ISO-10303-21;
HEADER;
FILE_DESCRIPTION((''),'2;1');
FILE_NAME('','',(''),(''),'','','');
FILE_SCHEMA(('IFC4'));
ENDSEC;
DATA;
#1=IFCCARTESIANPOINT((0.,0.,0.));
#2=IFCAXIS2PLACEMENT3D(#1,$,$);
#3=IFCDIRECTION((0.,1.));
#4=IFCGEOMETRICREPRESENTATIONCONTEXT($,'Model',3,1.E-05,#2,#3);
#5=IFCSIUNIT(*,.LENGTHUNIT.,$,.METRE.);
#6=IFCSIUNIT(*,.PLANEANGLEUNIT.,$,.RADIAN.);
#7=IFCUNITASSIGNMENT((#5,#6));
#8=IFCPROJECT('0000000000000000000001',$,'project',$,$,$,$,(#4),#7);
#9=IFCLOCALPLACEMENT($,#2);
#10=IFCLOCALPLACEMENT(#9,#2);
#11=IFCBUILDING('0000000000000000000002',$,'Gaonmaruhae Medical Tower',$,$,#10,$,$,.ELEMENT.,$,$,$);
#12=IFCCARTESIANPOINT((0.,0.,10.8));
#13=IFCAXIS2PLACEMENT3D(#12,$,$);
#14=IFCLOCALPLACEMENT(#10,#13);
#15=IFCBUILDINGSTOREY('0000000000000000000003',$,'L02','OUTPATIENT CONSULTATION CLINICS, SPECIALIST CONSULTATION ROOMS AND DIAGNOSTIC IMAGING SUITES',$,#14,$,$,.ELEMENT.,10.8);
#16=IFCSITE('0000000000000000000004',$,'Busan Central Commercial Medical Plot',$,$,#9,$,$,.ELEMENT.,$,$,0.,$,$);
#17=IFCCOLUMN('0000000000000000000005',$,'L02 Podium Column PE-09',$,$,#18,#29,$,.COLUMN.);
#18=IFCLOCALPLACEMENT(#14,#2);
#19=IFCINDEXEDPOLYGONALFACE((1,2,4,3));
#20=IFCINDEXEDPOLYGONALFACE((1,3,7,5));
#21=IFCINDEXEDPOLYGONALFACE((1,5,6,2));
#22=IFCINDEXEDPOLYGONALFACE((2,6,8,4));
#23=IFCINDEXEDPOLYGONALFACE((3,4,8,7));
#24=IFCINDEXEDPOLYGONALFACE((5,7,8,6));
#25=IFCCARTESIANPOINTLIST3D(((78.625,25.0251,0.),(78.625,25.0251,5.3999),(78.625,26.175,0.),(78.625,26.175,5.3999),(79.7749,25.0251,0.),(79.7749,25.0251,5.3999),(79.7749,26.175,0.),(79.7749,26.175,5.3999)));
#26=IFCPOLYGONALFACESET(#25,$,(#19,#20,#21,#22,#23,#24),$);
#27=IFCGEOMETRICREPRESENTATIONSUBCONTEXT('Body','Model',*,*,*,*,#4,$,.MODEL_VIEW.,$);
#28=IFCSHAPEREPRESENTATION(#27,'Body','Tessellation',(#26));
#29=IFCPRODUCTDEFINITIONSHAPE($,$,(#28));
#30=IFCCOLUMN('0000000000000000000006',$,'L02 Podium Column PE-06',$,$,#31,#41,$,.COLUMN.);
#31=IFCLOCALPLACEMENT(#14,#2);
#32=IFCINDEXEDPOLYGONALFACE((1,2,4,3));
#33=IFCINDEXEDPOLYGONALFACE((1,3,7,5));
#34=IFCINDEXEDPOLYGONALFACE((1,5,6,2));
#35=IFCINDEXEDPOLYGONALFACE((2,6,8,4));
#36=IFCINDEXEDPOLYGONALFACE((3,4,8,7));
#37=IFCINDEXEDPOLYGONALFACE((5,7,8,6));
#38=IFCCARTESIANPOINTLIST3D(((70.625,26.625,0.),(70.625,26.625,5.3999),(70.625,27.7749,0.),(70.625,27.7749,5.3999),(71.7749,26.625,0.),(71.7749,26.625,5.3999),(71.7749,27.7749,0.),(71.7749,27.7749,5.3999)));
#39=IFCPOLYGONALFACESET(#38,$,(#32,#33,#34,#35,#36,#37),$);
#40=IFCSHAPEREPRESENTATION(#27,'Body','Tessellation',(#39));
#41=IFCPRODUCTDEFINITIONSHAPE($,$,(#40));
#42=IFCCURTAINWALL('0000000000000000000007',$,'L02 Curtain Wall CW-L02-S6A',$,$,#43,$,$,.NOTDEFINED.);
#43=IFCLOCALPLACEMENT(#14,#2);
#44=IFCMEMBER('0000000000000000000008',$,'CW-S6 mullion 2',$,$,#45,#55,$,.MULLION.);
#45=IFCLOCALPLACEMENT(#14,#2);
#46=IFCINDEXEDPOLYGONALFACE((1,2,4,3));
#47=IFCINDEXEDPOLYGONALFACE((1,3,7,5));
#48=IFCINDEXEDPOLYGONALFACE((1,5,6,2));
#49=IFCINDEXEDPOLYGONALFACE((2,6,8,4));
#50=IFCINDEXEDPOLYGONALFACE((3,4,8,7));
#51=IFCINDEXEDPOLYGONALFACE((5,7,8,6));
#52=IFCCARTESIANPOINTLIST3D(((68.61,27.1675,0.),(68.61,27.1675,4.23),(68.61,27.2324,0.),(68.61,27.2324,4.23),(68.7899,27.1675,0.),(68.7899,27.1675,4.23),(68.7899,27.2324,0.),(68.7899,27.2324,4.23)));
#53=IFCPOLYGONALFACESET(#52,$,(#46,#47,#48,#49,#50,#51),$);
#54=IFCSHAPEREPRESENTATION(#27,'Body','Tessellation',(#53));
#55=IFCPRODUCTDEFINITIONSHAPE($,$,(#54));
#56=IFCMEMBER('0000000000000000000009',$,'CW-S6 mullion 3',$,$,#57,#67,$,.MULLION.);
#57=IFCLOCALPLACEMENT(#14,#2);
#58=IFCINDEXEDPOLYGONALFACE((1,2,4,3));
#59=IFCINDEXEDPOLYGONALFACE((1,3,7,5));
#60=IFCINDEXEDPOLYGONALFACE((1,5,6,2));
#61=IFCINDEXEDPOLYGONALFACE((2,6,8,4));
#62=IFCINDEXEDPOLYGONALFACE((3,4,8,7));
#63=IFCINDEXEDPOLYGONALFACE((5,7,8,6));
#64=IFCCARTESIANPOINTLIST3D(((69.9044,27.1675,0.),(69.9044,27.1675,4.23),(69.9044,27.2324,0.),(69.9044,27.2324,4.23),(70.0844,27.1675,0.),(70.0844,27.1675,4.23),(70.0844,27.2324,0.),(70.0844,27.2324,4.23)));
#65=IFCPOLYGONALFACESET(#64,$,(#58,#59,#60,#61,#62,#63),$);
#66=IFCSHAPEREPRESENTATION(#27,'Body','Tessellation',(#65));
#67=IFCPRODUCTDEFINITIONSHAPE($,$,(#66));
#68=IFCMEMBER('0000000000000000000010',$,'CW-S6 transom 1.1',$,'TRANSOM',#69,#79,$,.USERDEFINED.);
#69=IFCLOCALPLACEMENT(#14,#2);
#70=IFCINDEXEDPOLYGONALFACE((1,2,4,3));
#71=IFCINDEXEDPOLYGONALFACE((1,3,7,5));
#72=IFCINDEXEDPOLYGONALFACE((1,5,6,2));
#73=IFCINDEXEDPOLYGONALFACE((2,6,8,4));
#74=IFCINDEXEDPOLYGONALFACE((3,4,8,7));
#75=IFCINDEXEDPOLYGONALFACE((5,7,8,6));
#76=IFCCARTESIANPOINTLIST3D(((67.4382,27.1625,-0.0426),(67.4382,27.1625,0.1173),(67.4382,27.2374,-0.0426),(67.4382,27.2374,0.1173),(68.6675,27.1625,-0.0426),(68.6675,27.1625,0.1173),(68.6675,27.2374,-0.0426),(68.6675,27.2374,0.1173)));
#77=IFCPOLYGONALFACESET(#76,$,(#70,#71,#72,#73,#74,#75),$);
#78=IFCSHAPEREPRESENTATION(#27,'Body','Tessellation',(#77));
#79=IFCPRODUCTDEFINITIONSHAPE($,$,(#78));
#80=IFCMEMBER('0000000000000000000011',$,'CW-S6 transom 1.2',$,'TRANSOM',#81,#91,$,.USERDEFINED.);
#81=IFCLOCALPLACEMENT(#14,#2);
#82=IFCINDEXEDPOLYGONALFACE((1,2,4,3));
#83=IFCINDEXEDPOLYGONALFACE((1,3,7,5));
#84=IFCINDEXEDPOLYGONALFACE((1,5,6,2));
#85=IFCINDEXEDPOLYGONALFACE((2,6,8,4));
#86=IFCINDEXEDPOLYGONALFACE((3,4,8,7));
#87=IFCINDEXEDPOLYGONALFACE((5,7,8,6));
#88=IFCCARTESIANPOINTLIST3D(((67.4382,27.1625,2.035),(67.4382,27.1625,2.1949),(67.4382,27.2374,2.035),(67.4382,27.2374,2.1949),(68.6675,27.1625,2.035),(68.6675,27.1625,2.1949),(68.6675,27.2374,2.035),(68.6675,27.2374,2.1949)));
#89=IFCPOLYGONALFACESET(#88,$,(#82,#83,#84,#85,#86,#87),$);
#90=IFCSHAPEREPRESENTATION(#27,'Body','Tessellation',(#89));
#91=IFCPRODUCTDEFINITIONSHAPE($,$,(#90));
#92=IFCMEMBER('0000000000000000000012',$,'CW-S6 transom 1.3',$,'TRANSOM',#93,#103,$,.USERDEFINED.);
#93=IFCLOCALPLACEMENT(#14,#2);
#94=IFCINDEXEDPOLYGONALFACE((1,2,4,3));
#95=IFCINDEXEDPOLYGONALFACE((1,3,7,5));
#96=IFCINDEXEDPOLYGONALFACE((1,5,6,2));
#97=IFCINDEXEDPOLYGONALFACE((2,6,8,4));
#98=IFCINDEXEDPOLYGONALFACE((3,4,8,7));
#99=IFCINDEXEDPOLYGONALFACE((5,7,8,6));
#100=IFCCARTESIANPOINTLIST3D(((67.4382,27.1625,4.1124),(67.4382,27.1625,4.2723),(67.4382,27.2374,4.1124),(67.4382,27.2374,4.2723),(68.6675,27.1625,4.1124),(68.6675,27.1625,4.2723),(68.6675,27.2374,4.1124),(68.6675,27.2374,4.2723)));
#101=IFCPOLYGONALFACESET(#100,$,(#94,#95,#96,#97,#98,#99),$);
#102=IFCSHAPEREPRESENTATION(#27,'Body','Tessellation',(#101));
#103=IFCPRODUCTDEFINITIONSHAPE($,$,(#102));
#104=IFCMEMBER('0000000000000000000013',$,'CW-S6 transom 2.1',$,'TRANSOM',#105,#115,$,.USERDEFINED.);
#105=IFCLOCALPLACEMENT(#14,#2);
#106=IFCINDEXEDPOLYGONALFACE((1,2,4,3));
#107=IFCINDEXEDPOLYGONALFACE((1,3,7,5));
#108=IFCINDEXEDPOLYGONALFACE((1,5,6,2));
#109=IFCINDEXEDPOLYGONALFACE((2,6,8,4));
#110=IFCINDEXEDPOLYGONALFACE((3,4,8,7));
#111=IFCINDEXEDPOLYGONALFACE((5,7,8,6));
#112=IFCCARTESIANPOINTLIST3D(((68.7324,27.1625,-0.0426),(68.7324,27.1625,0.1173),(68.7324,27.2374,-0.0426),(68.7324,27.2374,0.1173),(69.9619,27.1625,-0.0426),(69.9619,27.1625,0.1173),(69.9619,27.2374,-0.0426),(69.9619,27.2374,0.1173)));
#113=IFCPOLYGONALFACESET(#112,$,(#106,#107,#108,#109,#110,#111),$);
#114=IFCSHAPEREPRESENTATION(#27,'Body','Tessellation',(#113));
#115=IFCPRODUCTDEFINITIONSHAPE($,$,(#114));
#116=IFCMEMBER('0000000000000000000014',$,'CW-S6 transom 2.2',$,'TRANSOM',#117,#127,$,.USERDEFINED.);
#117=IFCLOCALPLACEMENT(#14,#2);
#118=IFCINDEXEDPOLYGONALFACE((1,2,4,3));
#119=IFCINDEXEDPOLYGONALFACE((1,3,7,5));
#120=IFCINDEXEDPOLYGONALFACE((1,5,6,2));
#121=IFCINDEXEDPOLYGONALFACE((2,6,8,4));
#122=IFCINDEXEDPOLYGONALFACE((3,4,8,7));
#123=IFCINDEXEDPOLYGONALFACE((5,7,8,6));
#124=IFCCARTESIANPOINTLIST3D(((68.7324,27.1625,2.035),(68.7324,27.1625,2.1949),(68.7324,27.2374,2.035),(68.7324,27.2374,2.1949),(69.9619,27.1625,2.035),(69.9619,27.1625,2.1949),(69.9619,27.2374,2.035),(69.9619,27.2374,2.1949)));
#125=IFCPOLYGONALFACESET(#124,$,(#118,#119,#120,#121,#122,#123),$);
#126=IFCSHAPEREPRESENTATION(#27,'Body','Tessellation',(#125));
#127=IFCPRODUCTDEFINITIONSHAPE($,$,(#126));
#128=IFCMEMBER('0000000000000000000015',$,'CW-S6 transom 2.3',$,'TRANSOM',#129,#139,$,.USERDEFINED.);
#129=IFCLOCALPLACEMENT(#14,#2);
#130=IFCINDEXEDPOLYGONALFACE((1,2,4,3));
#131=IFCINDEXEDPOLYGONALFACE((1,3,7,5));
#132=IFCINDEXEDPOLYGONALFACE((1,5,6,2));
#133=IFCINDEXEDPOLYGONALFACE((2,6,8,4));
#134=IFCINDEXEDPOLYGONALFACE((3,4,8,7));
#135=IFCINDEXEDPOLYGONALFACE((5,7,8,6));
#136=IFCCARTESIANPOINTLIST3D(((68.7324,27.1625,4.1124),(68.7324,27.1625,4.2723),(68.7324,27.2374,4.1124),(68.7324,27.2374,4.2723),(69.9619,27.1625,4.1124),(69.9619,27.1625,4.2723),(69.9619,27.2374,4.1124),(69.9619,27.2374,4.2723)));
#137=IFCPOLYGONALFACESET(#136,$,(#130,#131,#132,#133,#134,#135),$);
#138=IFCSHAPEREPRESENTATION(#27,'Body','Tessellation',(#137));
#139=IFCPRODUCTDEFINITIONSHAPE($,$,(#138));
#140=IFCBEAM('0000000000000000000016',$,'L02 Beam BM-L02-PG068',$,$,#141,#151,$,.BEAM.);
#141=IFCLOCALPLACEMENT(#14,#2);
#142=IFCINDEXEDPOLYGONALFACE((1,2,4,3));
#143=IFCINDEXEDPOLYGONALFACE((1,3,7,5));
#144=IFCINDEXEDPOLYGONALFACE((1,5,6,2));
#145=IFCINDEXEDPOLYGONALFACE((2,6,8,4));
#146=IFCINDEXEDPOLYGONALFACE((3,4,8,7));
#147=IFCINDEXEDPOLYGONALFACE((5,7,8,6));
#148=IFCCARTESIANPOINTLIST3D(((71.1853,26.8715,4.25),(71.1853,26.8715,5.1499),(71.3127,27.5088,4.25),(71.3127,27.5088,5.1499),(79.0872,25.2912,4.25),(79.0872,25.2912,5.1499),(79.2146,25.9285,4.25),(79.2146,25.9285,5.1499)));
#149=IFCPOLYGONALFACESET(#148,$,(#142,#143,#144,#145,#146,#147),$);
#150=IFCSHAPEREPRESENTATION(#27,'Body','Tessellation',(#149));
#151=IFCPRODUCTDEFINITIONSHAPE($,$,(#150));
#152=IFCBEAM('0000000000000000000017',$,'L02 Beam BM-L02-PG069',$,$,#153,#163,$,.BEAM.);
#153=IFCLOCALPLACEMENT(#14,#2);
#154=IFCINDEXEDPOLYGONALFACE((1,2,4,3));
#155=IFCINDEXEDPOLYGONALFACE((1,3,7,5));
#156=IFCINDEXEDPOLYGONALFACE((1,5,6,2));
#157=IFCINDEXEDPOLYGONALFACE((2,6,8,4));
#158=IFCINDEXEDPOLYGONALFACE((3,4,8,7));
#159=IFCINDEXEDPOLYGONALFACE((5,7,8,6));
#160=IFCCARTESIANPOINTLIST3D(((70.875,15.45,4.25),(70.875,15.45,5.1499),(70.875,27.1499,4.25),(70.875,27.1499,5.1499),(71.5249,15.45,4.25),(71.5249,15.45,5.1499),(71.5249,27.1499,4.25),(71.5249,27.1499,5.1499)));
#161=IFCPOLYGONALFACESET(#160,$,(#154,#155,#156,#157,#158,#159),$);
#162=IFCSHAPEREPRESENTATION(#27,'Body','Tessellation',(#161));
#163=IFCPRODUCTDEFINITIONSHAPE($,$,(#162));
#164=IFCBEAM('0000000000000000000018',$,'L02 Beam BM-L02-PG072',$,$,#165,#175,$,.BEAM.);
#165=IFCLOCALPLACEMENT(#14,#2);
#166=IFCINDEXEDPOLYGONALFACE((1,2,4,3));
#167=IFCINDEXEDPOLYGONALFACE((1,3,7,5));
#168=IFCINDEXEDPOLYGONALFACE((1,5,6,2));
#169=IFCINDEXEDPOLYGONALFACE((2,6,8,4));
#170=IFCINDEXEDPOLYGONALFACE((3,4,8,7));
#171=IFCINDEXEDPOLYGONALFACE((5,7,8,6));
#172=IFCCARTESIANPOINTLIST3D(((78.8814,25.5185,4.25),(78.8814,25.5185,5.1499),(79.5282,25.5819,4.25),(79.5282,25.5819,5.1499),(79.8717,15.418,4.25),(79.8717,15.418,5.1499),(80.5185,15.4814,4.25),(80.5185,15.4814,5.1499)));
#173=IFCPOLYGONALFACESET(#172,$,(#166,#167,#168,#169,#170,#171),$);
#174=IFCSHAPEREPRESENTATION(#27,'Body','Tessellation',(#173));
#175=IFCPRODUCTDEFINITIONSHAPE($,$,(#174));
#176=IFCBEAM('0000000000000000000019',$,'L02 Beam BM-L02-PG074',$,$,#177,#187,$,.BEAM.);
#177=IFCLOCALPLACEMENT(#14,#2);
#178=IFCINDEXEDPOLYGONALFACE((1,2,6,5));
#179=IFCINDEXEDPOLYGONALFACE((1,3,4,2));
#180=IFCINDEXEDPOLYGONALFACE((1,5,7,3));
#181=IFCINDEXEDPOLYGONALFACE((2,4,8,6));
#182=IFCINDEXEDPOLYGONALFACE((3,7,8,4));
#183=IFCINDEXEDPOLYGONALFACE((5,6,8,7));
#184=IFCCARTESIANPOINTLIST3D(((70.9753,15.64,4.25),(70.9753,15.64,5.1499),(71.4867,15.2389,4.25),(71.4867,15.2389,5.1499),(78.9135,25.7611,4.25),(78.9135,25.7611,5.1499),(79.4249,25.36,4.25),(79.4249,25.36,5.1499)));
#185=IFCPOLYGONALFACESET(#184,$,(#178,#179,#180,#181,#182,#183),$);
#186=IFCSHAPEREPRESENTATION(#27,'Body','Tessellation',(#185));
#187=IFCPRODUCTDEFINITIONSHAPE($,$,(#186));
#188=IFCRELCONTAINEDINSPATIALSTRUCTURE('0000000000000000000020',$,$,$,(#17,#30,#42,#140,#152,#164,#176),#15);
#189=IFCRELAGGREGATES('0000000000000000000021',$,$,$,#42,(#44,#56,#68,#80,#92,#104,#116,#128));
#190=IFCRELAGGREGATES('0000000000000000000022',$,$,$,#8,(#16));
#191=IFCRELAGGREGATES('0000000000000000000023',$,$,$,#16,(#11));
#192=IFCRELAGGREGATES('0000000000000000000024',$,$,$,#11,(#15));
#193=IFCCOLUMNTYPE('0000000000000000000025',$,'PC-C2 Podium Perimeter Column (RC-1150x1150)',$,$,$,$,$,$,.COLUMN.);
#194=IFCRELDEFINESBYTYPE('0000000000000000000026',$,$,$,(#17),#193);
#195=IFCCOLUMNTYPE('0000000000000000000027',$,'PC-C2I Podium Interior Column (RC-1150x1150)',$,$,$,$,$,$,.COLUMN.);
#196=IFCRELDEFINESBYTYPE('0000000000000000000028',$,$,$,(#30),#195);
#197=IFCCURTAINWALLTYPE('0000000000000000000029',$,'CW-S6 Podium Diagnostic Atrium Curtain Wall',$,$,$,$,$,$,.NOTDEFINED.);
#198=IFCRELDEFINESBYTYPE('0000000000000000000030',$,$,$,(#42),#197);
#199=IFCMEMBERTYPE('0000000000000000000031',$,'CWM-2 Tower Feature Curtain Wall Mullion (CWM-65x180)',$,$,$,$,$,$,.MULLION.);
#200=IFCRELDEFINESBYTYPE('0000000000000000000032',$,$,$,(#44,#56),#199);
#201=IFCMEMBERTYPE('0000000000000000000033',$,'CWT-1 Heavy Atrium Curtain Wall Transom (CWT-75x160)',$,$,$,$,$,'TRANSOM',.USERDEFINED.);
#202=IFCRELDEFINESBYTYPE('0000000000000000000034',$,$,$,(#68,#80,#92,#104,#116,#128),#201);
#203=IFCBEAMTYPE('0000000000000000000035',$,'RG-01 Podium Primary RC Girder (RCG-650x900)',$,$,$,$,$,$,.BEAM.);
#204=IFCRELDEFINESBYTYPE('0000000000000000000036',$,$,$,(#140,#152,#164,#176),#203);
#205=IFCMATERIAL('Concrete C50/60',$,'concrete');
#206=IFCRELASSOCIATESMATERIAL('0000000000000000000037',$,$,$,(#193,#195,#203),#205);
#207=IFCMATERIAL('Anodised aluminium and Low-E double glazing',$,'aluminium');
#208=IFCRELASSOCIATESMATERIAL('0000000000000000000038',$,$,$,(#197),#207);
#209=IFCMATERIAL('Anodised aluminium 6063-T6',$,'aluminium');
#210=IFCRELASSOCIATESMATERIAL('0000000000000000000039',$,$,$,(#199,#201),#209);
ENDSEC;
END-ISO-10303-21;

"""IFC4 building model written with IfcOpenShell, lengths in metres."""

from ifc_helpers import new_model, si_unit, direction, frame, origin, origin_2d, place, context, subcontext, project, spatial, rectangle, extrude, material, material_profile, profile_set, type_object, element, aggregate, save


model = new_model("IFC4")

# Units and contexts
model_context = context("Model", 3, precision=1e-05, world=origin(), true_north=direction((0.0, 1.0)))
body_context = subcontext(model_context, "Body", "Model", "MODEL_VIEW")
ifc_project = project(units=[si_unit("LENGTHUNIT", "METRE"), si_unit("PLANEANGLEUNIT", "RADIAN")], contexts=[model_context])

# Site, building, storey
site_placement = place(None, origin())
site = spatial("IfcSite", under=ifc_project, at=site_placement, Name="Busan Central Commercial Medical Plot", CompositionType="ELEMENT", RefElevation=0.0)
building_placement = place(site_placement, origin())
building = spatial("IfcBuilding", under=site, at=building_placement, Name="Gaonmaruhae Medical Tower", CompositionType="ELEMENT")
storey_placement = place(building_placement, frame((0.0, 0.0, 10.8)))
storey = spatial("IfcBuildingStorey", under=building, at=storey_placement, Name="L02", Description="OUTPATIENT CONSULTATION CLINICS, SPECIALIST CONSULTATION ROOMS AND DIAGNOSTIC IMAGING SUITES", CompositionType="ELEMENT", Elevation=10.8)

# Columns
ifc_material_1 = material(Name="Concrete C50/60", Category="concrete")
ifc_material_profile_1 = material_profile(ifc_material_1, rectangle(XDim=1.1499, YDim=1.1499, at=origin_2d()), Name="RC-1150x1150")
ifc_profile_set_1 = profile_set([ifc_material_profile_1], Name="Concrete C50/60")
column_type_1 = type_object("IfcColumnType", Name="PC-C2 Podium Perimeter Column (RC-1150x1150)", PredefinedType="COLUMN", material=ifc_profile_set_1)
column_1_placement = place(storey_placement, frame((79.2, 25.6001, 0.0), z_axis=(0.0, 0.0, 1.0), x_axis=(1.0, 0.0, 0.0)))
element("IfcColumn", 1, at=column_1_placement, inside=storey, type_object=column_type_1, Name="L02 Podium Column PE-09", PredefinedType="COLUMN", context=body_context, shape_type="SweptSolid", body=[
    extrude(rectangle(XDim=1.1499, YDim=1.1499, at=origin_2d()), origin(), (0.0, 0.0, 1.0), 5.3999),
])
ifc_material_profile_2 = material_profile(ifc_material_1, rectangle(XDim=1.1499, YDim=1.1499, at=origin_2d()), Name="RC-1150x1150")
ifc_profile_set_2 = profile_set([ifc_material_profile_2], Name="Concrete C50/60")
column_type_2 = type_object("IfcColumnType", Name="PC-C2I Podium Interior Column (RC-1150x1150)", PredefinedType="COLUMN", material=ifc_profile_set_2)
column_2_placement = place(storey_placement, frame((71.2, 27.2, 0.0), z_axis=(0.0, 0.0, 1.0), x_axis=(1.0, 0.0, 0.0)))
element("IfcColumn", 2, at=column_2_placement, inside=storey, type_object=column_type_2, Name="L02 Podium Column PE-06", PredefinedType="COLUMN", context=body_context, shape_type="SweptSolid", body=[
    extrude(rectangle(XDim=1.1499, YDim=1.1499, at=origin_2d()), origin(), (0.0, 0.0, 1.0), 5.3999),
])

# Curtain wall, members
ifc_material_2 = material(Name="Anodised aluminium and Low-E double glazing", Category="aluminium")
curtain_wall_type = type_object("IfcCurtainWallType", Name="CW-S6 Podium Diagnostic Atrium Curtain Wall", PredefinedType="NOTDEFINED", material=ifc_material_2)
curtain_wall_placement = place(storey_placement, origin())
curtain_wall = element("IfcCurtainWall", 3, at=curtain_wall_placement, inside=storey, type_object=curtain_wall_type, Name="L02 Curtain Wall CW-L02-S6A", PredefinedType="NOTDEFINED")
ifc_material_3 = material(Name="Anodised aluminium 6063-T6", Category="aluminium")
ifc_material_profile_3 = material_profile(ifc_material_3, rectangle(XDim=0.0649, YDim=0.1799, at=origin_2d()), Name="CWM-65x180")
ifc_profile_set_3 = profile_set([ifc_material_profile_3], Name="Anodised aluminium 6063-T6")
member_type_1 = type_object("IfcMemberType", Name="CWM-2 Tower Feature Curtain Wall Mullion (CWM-65x180)", PredefinedType="MULLION", material=ifc_profile_set_3)
member_1_placement = place(storey_placement, frame((68.7, 27.2, 0.0), z_axis=(0.0, 0.0, 1.0), x_axis=(0.0, 1.0, 0.0)))
member_1 = element("IfcMember", 4, at=member_1_placement, type_object=member_type_1, Name="CW-S6 mullion 2", PredefinedType="MULLION", context=body_context, shape_type="SweptSolid", body=[
    extrude(rectangle(XDim=0.0649, YDim=0.1799, at=origin_2d()), origin(), (0.0, 0.0, 1.0), 4.23),
])
member_2_placement = place(storey_placement, frame((69.9944, 27.2, 0.0), z_axis=(0.0, 0.0, 1.0), x_axis=(0.0, 1.0, 0.0)))
member_2 = element("IfcMember", 5, at=member_2_placement, type_object=member_type_1, Name="CW-S6 mullion 3", PredefinedType="MULLION", context=body_context, shape_type="SweptSolid", body=[
    extrude(rectangle(XDim=0.0649, YDim=0.1799, at=origin_2d()), origin(), (0.0, 0.0, 1.0), 4.23),
])
ifc_material_profile_4 = material_profile(ifc_material_3, rectangle(XDim=0.075, YDim=0.1599, at=origin_2d()), Name="CWT-75x160")
ifc_profile_set_4 = profile_set([ifc_material_profile_4], Name="Anodised aluminium 6063-T6")
member_type_2 = type_object("IfcMemberType", Name="CWT-1 Heavy Atrium Curtain Wall Transom (CWT-75x160)", ElementType="TRANSOM", PredefinedType="USERDEFINED", material=ifc_profile_set_4)
member_3_placement = place(storey_placement, frame((67.4382, 27.2, 0.0374), z_axis=(1.0, 0.0, 0.0), x_axis=(0.0, 1.0, 0.0)))
member_3 = element("IfcMember", 6, at=member_3_placement, type_object=member_type_2, Name="CW-S6 transom 1.1", ObjectType="TRANSOM", PredefinedType="USERDEFINED", context=body_context, shape_type="SweptSolid", body=[
    extrude(rectangle(XDim=0.075, YDim=0.1599, at=origin_2d()), origin(), (0.0, 0.0, 1.0), 1.2292),
])
member_4_placement = place(storey_placement, frame((67.4382, 27.2, 2.115), z_axis=(1.0, 0.0, 0.0), x_axis=(0.0, 1.0, 0.0)))
member_4 = element("IfcMember", 7, at=member_4_placement, type_object=member_type_2, Name="CW-S6 transom 1.2", ObjectType="TRANSOM", PredefinedType="USERDEFINED", context=body_context, shape_type="SweptSolid", body=[
    extrude(rectangle(XDim=0.075, YDim=0.1599, at=origin_2d()), origin(), (0.0, 0.0, 1.0), 1.2292),
])
member_5_placement = place(storey_placement, frame((67.4382, 27.2, 4.1924), z_axis=(1.0, 0.0, 0.0), x_axis=(0.0, 1.0, 0.0)))
member_5 = element("IfcMember", 8, at=member_5_placement, type_object=member_type_2, Name="CW-S6 transom 1.3", ObjectType="TRANSOM", PredefinedType="USERDEFINED", context=body_context, shape_type="SweptSolid", body=[
    extrude(rectangle(XDim=0.075, YDim=0.1599, at=origin_2d()), origin(), (0.0, 0.0, 1.0), 1.2292),
])
member_6_placement = place(storey_placement, frame((68.7324, 27.2, 0.0374), z_axis=(1.0, 0.0, 0.0), x_axis=(0.0, 1.0, 0.0)))
member_6 = element("IfcMember", 9, at=member_6_placement, type_object=member_type_2, Name="CW-S6 transom 2.1", ObjectType="TRANSOM", PredefinedType="USERDEFINED", context=body_context, shape_type="SweptSolid", body=[
    extrude(rectangle(XDim=0.075, YDim=0.1599, at=origin_2d()), origin(), (0.0, 0.0, 1.0), 1.2295),
])
member_7_placement = place(storey_placement, frame((68.7324, 27.2, 2.115), z_axis=(1.0, 0.0, 0.0), x_axis=(0.0, 1.0, 0.0)))
member_7 = element("IfcMember", 10, at=member_7_placement, type_object=member_type_2, Name="CW-S6 transom 2.2", ObjectType="TRANSOM", PredefinedType="USERDEFINED", context=body_context, shape_type="SweptSolid", body=[
    extrude(rectangle(XDim=0.075, YDim=0.1599, at=origin_2d()), origin(), (0.0, 0.0, 1.0), 1.2295),
])
member_8_placement = place(storey_placement, frame((68.7324, 27.2, 4.1924), z_axis=(1.0, 0.0, 0.0), x_axis=(0.0, 1.0, 0.0)))
member_8 = element("IfcMember", 11, at=member_8_placement, type_object=member_type_2, Name="CW-S6 transom 2.3", ObjectType="TRANSOM", PredefinedType="USERDEFINED", context=body_context, shape_type="SweptSolid", body=[
    extrude(rectangle(XDim=0.075, YDim=0.1599, at=origin_2d()), origin(), (0.0, 0.0, 1.0), 1.2295),
])

# Beams
ifc_material_profile_5 = material_profile(ifc_material_1, rectangle(XDim=0.6499, YDim=0.8999, at=origin_2d()), Name="RCG-650x900")
ifc_profile_set_5 = profile_set([ifc_material_profile_5], Name="Concrete C50/60")
beam_type = type_object("IfcBeamType", Name="RG-01 Podium Primary RC Girder (RCG-650x900)", PredefinedType="BEAM", material=ifc_profile_set_5)
beam_1_placement = place(storey_placement, frame((71.249, 27.1902, 4.7), z_axis=(0.980582, -0.19611, 0.0), x_axis=(0.19611, 0.980582, 0.0)))
element("IfcBeam", 12, at=beam_1_placement, inside=storey, type_object=beam_type, Name="L02 Beam BM-L02-PG068", PredefinedType="BEAM", context=body_context, shape_type="SweptSolid", body=[
    extrude(rectangle(XDim=0.6499, YDim=0.8999, at=origin_2d()), origin(), (0.0, 0.0, 1.0), 8.0583),
])
beam_2_placement = place(storey_placement, frame((71.2, 27.1499, 4.7), z_axis=(0.0, -1.0, 0.0), x_axis=(1.0, 0.0, 0.0)))
element("IfcBeam", 13, at=beam_2_placement, inside=storey, type_object=beam_type, Name="L02 Beam BM-L02-PG069", PredefinedType="BEAM", context=body_context, shape_type="SweptSolid", body=[
    extrude(rectangle(XDim=0.6499, YDim=0.8999, at=origin_2d()), origin(), (0.0, 0.0, 1.0), 11.7),
])
beam_3_placement = place(storey_placement, frame((80.1951, 15.4497, 4.7), z_axis=(-0.09757, 0.995229, 0.0), x_axis=(-0.995229, -0.09757, 0.0)))
element("IfcBeam", 14, at=beam_3_placement, inside=storey, type_object=beam_type, Name="L02 Beam BM-L02-PG072", PredefinedType="BEAM", context=body_context, shape_type="SweptSolid", body=[
    extrude(rectangle(XDim=0.6499, YDim=0.8999, at=origin_2d()), origin(), (0.0, 0.0, 1.0), 10.1489),
])
beam_4_placement = place(storey_placement, frame((79.1692, 25.5605, 4.7), z_axis=(-0.617146, -0.786849, 0.0), x_axis=(0.786849, -0.617146, 0.0)))
element("IfcBeam", 15, at=beam_4_placement, inside=storey, type_object=beam_type, Name="L02 Beam BM-L02-PG074", PredefinedType="BEAM", context=body_context, shape_type="SweptSolid", body=[
    extrude(rectangle(XDim=0.6499, YDim=0.8999, at=origin_2d()), origin(), (0.0, 0.0, 1.0), 12.8628),
])

aggregate(curtain_wall, [member_1, member_2, member_3, member_4, member_5, member_6, member_7, member_8])

save(model, "model.ifc")
